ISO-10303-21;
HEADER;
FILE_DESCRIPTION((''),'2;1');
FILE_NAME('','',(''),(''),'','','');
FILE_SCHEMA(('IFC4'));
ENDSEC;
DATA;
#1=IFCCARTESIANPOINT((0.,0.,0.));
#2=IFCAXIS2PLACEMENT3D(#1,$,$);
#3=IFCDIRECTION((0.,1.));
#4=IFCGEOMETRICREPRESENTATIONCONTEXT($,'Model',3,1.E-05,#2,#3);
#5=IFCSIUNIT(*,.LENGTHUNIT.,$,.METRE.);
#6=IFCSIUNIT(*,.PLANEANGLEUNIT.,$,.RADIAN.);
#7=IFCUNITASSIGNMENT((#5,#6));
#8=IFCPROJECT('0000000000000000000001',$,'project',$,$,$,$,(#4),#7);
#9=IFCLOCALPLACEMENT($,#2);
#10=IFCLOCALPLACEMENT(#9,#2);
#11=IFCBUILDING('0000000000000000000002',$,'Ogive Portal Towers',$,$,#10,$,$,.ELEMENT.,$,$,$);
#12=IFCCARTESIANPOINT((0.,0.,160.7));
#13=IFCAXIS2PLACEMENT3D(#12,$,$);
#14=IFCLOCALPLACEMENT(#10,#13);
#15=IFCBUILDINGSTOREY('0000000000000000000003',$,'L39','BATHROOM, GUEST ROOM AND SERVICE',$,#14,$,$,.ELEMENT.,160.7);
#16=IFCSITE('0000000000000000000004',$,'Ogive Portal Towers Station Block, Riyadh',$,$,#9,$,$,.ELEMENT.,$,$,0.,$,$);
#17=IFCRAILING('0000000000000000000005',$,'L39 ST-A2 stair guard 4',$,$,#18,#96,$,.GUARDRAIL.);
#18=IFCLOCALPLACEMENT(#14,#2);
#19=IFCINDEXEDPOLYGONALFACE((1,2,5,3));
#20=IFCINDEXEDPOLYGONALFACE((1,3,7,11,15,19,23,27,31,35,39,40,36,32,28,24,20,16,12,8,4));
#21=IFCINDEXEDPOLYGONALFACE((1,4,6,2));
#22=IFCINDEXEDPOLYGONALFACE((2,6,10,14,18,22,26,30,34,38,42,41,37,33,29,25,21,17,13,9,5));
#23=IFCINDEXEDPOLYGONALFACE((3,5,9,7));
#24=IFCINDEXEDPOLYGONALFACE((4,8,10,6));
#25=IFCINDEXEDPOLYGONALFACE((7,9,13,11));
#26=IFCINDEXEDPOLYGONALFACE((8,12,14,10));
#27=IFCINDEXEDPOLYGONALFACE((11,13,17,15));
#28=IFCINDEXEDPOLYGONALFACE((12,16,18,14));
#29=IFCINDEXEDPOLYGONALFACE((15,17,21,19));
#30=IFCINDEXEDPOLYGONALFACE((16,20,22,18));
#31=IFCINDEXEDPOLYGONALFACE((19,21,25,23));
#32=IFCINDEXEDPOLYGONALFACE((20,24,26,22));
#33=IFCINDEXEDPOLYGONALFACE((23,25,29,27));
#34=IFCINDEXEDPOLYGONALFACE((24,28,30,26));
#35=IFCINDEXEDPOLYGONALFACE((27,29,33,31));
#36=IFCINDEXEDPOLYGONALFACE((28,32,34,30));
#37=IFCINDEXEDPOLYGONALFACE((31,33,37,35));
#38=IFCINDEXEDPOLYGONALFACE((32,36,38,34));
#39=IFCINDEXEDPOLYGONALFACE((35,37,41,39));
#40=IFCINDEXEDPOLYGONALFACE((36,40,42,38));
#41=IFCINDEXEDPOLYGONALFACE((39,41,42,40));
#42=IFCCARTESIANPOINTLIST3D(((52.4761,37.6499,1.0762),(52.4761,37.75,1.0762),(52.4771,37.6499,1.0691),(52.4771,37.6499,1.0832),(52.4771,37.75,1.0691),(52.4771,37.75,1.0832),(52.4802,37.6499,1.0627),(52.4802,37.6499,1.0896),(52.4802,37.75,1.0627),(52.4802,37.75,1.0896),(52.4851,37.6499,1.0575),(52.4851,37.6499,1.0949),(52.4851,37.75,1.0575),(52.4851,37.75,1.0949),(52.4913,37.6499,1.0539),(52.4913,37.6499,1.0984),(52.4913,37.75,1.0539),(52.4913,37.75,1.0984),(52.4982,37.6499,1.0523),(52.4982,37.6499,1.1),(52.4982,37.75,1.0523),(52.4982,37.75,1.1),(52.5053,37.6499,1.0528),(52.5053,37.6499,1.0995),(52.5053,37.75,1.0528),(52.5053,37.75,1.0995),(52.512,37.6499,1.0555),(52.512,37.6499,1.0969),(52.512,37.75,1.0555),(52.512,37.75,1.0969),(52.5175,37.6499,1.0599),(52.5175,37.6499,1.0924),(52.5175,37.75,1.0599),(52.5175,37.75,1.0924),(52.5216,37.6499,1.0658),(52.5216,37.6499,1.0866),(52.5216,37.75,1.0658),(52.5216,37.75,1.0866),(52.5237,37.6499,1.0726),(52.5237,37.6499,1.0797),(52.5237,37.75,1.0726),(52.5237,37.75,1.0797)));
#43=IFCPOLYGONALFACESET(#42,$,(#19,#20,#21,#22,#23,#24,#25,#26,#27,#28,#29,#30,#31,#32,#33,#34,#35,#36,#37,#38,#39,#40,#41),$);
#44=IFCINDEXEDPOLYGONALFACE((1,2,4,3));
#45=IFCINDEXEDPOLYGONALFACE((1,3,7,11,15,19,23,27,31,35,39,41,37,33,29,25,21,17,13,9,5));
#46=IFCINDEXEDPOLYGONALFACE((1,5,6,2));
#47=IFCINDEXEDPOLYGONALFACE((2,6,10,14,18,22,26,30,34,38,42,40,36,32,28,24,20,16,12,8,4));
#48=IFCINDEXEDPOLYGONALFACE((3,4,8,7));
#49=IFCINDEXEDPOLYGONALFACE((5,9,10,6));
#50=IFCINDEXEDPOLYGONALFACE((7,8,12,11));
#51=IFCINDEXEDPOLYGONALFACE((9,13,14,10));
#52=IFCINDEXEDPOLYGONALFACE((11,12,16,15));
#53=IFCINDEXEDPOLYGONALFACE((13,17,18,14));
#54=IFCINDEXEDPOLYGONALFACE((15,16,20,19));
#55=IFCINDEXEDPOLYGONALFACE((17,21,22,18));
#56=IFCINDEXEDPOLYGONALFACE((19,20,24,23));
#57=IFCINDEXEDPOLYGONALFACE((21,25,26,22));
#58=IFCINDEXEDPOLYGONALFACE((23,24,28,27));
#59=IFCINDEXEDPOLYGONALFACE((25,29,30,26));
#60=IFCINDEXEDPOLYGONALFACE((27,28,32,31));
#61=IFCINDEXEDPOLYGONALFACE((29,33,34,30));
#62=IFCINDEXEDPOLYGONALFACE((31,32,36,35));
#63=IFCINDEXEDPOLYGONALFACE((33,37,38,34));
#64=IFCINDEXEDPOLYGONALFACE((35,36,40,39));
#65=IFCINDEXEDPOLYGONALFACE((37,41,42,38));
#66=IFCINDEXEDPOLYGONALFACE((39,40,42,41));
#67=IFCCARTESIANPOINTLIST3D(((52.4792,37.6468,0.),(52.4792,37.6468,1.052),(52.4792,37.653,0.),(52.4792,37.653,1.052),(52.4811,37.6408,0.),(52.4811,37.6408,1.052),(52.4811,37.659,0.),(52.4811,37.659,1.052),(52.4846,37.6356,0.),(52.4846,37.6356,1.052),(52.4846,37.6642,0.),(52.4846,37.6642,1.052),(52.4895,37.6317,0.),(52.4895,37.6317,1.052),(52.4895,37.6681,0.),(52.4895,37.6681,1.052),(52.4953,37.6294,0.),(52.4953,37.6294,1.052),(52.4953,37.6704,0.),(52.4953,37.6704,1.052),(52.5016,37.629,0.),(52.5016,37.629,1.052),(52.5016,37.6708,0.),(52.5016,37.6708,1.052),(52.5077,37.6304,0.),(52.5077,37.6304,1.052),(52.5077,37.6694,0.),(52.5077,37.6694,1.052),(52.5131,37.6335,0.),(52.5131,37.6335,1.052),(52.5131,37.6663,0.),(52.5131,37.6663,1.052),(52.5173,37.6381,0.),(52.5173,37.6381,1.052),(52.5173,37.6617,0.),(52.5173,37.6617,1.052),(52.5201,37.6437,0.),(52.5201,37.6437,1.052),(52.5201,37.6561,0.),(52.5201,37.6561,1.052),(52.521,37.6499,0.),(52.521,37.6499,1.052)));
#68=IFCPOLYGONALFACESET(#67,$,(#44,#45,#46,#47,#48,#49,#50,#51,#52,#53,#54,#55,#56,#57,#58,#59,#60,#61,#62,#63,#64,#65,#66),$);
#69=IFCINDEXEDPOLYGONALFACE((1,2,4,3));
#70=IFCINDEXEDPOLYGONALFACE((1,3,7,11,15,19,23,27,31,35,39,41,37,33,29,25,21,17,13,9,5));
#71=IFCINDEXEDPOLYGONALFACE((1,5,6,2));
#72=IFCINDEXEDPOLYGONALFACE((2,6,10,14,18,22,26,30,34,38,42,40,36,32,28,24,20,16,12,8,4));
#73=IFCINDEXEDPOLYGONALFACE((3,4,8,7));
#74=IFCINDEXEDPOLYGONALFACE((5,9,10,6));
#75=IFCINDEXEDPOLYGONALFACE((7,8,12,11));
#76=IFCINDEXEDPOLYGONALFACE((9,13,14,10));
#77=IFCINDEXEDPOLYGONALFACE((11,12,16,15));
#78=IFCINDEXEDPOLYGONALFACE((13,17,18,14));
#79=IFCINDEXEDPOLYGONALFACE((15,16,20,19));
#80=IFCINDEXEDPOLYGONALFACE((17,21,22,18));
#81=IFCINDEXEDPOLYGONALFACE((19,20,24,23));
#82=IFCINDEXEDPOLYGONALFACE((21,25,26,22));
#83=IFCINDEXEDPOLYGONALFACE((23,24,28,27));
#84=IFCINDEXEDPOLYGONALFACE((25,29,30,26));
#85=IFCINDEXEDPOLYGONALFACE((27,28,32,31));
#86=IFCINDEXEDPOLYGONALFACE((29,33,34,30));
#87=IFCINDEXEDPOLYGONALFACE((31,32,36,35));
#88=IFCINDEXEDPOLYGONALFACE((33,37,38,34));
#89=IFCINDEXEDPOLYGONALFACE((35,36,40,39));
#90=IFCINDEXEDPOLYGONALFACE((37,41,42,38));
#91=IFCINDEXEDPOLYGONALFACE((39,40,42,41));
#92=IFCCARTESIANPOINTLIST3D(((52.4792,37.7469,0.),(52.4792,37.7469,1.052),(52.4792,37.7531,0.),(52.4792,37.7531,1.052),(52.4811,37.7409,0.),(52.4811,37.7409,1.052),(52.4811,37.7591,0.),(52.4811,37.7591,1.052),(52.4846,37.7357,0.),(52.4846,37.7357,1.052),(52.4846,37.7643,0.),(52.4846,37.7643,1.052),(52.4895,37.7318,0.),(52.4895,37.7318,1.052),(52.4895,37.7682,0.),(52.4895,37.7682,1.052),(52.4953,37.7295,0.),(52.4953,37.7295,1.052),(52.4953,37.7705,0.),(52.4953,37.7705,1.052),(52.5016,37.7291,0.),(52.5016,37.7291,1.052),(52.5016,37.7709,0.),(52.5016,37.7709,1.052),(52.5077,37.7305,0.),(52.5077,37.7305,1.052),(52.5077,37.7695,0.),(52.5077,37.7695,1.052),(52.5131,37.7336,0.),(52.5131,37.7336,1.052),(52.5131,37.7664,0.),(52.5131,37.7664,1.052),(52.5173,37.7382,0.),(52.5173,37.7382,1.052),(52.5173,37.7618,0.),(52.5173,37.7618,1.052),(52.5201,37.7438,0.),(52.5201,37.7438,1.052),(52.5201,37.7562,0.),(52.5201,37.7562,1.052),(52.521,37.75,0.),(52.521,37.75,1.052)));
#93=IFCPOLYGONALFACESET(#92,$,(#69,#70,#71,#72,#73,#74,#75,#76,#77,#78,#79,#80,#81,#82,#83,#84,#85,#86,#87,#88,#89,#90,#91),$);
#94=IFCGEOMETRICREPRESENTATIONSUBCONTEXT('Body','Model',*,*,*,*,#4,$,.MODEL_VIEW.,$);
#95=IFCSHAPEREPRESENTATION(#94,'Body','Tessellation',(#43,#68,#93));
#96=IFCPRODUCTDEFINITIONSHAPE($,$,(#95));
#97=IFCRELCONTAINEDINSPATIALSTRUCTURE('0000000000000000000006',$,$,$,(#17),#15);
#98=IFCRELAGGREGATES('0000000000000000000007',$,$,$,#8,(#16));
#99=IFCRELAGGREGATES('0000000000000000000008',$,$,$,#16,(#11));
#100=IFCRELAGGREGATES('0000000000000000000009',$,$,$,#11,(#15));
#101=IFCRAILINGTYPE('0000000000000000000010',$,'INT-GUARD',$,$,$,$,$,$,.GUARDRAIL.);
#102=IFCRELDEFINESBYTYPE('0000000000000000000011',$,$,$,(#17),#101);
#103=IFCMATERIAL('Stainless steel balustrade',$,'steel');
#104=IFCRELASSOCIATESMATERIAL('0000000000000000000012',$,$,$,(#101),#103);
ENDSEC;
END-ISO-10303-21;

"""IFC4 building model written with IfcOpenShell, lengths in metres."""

from ifc_helpers import new_model, si_unit, direction, frame, origin, origin_2d, place, context, subcontext, project, spatial, circle, extrude, material, type_object, element, save


model = new_model("IFC4")

# Units and contexts
model_context = context("Model", 3, precision=1e-05, world=origin(), true_north=direction((0.0, 1.0)))
body_context = subcontext(model_context, "Body", "Model", "MODEL_VIEW")
ifc_project = project(units=[si_unit("LENGTHUNIT", "METRE"), si_unit("PLANEANGLEUNIT", "RADIAN")], contexts=[model_context])

# Site, building, storey
site_placement = place(None, origin())
site = spatial("IfcSite", under=ifc_project, at=site_placement, Name="Ogive Portal Towers Station Block, Riyadh", CompositionType="ELEMENT", RefElevation=0.0)
building_placement = place(site_placement, origin())
building = spatial("IfcBuilding", under=site, at=building_placement, Name="Ogive Portal Towers", CompositionType="ELEMENT")
storey_placement = place(building_placement, frame((0.0, 0.0, 160.7)))
storey = spatial("IfcBuildingStorey", under=building, at=storey_placement, Name="L39", Description="BATHROOM, GUEST ROOM AND SERVICE", CompositionType="ELEMENT", Elevation=160.7)

# Railing
ifc_material_1 = material(Name="Stainless steel balustrade", Category="steel")
railing_type_1 = type_object("IfcRailingType", Name="INT-GUARD", PredefinedType="GUARDRAIL", material=ifc_material_1)
railing_1_placement = place(storey_placement, frame((52.5, 37.6499, 0.0)))
element("IfcRailing", 1, at=railing_1_placement, inside=storey, type_object=railing_type_1, Name="L39 ST-A2 stair guard 4", PredefinedType="GUARDRAIL", context=body_context, shape_type="SweptSolid", body=[
    extrude(circle(Radius=0.0239, at=origin_2d()), frame((0.0, 0.0, 1.0762), z_axis=(0.0, 1.0, 0.0), x_axis=(-1.0, 0.0, 0.0)), (0.0, 0.0, 1.0), 0.1001),
    extrude(circle(Radius=0.021, at=origin_2d()), origin(), (0.0, 0.0, 1.0), 1.052),
    extrude(circle(Radius=0.021, at=origin_2d()), frame((0.0, 0.1001, 0.0)), (0.0, 0.0, 1.0), 1.052),
])

save(model, "model.ifc")
